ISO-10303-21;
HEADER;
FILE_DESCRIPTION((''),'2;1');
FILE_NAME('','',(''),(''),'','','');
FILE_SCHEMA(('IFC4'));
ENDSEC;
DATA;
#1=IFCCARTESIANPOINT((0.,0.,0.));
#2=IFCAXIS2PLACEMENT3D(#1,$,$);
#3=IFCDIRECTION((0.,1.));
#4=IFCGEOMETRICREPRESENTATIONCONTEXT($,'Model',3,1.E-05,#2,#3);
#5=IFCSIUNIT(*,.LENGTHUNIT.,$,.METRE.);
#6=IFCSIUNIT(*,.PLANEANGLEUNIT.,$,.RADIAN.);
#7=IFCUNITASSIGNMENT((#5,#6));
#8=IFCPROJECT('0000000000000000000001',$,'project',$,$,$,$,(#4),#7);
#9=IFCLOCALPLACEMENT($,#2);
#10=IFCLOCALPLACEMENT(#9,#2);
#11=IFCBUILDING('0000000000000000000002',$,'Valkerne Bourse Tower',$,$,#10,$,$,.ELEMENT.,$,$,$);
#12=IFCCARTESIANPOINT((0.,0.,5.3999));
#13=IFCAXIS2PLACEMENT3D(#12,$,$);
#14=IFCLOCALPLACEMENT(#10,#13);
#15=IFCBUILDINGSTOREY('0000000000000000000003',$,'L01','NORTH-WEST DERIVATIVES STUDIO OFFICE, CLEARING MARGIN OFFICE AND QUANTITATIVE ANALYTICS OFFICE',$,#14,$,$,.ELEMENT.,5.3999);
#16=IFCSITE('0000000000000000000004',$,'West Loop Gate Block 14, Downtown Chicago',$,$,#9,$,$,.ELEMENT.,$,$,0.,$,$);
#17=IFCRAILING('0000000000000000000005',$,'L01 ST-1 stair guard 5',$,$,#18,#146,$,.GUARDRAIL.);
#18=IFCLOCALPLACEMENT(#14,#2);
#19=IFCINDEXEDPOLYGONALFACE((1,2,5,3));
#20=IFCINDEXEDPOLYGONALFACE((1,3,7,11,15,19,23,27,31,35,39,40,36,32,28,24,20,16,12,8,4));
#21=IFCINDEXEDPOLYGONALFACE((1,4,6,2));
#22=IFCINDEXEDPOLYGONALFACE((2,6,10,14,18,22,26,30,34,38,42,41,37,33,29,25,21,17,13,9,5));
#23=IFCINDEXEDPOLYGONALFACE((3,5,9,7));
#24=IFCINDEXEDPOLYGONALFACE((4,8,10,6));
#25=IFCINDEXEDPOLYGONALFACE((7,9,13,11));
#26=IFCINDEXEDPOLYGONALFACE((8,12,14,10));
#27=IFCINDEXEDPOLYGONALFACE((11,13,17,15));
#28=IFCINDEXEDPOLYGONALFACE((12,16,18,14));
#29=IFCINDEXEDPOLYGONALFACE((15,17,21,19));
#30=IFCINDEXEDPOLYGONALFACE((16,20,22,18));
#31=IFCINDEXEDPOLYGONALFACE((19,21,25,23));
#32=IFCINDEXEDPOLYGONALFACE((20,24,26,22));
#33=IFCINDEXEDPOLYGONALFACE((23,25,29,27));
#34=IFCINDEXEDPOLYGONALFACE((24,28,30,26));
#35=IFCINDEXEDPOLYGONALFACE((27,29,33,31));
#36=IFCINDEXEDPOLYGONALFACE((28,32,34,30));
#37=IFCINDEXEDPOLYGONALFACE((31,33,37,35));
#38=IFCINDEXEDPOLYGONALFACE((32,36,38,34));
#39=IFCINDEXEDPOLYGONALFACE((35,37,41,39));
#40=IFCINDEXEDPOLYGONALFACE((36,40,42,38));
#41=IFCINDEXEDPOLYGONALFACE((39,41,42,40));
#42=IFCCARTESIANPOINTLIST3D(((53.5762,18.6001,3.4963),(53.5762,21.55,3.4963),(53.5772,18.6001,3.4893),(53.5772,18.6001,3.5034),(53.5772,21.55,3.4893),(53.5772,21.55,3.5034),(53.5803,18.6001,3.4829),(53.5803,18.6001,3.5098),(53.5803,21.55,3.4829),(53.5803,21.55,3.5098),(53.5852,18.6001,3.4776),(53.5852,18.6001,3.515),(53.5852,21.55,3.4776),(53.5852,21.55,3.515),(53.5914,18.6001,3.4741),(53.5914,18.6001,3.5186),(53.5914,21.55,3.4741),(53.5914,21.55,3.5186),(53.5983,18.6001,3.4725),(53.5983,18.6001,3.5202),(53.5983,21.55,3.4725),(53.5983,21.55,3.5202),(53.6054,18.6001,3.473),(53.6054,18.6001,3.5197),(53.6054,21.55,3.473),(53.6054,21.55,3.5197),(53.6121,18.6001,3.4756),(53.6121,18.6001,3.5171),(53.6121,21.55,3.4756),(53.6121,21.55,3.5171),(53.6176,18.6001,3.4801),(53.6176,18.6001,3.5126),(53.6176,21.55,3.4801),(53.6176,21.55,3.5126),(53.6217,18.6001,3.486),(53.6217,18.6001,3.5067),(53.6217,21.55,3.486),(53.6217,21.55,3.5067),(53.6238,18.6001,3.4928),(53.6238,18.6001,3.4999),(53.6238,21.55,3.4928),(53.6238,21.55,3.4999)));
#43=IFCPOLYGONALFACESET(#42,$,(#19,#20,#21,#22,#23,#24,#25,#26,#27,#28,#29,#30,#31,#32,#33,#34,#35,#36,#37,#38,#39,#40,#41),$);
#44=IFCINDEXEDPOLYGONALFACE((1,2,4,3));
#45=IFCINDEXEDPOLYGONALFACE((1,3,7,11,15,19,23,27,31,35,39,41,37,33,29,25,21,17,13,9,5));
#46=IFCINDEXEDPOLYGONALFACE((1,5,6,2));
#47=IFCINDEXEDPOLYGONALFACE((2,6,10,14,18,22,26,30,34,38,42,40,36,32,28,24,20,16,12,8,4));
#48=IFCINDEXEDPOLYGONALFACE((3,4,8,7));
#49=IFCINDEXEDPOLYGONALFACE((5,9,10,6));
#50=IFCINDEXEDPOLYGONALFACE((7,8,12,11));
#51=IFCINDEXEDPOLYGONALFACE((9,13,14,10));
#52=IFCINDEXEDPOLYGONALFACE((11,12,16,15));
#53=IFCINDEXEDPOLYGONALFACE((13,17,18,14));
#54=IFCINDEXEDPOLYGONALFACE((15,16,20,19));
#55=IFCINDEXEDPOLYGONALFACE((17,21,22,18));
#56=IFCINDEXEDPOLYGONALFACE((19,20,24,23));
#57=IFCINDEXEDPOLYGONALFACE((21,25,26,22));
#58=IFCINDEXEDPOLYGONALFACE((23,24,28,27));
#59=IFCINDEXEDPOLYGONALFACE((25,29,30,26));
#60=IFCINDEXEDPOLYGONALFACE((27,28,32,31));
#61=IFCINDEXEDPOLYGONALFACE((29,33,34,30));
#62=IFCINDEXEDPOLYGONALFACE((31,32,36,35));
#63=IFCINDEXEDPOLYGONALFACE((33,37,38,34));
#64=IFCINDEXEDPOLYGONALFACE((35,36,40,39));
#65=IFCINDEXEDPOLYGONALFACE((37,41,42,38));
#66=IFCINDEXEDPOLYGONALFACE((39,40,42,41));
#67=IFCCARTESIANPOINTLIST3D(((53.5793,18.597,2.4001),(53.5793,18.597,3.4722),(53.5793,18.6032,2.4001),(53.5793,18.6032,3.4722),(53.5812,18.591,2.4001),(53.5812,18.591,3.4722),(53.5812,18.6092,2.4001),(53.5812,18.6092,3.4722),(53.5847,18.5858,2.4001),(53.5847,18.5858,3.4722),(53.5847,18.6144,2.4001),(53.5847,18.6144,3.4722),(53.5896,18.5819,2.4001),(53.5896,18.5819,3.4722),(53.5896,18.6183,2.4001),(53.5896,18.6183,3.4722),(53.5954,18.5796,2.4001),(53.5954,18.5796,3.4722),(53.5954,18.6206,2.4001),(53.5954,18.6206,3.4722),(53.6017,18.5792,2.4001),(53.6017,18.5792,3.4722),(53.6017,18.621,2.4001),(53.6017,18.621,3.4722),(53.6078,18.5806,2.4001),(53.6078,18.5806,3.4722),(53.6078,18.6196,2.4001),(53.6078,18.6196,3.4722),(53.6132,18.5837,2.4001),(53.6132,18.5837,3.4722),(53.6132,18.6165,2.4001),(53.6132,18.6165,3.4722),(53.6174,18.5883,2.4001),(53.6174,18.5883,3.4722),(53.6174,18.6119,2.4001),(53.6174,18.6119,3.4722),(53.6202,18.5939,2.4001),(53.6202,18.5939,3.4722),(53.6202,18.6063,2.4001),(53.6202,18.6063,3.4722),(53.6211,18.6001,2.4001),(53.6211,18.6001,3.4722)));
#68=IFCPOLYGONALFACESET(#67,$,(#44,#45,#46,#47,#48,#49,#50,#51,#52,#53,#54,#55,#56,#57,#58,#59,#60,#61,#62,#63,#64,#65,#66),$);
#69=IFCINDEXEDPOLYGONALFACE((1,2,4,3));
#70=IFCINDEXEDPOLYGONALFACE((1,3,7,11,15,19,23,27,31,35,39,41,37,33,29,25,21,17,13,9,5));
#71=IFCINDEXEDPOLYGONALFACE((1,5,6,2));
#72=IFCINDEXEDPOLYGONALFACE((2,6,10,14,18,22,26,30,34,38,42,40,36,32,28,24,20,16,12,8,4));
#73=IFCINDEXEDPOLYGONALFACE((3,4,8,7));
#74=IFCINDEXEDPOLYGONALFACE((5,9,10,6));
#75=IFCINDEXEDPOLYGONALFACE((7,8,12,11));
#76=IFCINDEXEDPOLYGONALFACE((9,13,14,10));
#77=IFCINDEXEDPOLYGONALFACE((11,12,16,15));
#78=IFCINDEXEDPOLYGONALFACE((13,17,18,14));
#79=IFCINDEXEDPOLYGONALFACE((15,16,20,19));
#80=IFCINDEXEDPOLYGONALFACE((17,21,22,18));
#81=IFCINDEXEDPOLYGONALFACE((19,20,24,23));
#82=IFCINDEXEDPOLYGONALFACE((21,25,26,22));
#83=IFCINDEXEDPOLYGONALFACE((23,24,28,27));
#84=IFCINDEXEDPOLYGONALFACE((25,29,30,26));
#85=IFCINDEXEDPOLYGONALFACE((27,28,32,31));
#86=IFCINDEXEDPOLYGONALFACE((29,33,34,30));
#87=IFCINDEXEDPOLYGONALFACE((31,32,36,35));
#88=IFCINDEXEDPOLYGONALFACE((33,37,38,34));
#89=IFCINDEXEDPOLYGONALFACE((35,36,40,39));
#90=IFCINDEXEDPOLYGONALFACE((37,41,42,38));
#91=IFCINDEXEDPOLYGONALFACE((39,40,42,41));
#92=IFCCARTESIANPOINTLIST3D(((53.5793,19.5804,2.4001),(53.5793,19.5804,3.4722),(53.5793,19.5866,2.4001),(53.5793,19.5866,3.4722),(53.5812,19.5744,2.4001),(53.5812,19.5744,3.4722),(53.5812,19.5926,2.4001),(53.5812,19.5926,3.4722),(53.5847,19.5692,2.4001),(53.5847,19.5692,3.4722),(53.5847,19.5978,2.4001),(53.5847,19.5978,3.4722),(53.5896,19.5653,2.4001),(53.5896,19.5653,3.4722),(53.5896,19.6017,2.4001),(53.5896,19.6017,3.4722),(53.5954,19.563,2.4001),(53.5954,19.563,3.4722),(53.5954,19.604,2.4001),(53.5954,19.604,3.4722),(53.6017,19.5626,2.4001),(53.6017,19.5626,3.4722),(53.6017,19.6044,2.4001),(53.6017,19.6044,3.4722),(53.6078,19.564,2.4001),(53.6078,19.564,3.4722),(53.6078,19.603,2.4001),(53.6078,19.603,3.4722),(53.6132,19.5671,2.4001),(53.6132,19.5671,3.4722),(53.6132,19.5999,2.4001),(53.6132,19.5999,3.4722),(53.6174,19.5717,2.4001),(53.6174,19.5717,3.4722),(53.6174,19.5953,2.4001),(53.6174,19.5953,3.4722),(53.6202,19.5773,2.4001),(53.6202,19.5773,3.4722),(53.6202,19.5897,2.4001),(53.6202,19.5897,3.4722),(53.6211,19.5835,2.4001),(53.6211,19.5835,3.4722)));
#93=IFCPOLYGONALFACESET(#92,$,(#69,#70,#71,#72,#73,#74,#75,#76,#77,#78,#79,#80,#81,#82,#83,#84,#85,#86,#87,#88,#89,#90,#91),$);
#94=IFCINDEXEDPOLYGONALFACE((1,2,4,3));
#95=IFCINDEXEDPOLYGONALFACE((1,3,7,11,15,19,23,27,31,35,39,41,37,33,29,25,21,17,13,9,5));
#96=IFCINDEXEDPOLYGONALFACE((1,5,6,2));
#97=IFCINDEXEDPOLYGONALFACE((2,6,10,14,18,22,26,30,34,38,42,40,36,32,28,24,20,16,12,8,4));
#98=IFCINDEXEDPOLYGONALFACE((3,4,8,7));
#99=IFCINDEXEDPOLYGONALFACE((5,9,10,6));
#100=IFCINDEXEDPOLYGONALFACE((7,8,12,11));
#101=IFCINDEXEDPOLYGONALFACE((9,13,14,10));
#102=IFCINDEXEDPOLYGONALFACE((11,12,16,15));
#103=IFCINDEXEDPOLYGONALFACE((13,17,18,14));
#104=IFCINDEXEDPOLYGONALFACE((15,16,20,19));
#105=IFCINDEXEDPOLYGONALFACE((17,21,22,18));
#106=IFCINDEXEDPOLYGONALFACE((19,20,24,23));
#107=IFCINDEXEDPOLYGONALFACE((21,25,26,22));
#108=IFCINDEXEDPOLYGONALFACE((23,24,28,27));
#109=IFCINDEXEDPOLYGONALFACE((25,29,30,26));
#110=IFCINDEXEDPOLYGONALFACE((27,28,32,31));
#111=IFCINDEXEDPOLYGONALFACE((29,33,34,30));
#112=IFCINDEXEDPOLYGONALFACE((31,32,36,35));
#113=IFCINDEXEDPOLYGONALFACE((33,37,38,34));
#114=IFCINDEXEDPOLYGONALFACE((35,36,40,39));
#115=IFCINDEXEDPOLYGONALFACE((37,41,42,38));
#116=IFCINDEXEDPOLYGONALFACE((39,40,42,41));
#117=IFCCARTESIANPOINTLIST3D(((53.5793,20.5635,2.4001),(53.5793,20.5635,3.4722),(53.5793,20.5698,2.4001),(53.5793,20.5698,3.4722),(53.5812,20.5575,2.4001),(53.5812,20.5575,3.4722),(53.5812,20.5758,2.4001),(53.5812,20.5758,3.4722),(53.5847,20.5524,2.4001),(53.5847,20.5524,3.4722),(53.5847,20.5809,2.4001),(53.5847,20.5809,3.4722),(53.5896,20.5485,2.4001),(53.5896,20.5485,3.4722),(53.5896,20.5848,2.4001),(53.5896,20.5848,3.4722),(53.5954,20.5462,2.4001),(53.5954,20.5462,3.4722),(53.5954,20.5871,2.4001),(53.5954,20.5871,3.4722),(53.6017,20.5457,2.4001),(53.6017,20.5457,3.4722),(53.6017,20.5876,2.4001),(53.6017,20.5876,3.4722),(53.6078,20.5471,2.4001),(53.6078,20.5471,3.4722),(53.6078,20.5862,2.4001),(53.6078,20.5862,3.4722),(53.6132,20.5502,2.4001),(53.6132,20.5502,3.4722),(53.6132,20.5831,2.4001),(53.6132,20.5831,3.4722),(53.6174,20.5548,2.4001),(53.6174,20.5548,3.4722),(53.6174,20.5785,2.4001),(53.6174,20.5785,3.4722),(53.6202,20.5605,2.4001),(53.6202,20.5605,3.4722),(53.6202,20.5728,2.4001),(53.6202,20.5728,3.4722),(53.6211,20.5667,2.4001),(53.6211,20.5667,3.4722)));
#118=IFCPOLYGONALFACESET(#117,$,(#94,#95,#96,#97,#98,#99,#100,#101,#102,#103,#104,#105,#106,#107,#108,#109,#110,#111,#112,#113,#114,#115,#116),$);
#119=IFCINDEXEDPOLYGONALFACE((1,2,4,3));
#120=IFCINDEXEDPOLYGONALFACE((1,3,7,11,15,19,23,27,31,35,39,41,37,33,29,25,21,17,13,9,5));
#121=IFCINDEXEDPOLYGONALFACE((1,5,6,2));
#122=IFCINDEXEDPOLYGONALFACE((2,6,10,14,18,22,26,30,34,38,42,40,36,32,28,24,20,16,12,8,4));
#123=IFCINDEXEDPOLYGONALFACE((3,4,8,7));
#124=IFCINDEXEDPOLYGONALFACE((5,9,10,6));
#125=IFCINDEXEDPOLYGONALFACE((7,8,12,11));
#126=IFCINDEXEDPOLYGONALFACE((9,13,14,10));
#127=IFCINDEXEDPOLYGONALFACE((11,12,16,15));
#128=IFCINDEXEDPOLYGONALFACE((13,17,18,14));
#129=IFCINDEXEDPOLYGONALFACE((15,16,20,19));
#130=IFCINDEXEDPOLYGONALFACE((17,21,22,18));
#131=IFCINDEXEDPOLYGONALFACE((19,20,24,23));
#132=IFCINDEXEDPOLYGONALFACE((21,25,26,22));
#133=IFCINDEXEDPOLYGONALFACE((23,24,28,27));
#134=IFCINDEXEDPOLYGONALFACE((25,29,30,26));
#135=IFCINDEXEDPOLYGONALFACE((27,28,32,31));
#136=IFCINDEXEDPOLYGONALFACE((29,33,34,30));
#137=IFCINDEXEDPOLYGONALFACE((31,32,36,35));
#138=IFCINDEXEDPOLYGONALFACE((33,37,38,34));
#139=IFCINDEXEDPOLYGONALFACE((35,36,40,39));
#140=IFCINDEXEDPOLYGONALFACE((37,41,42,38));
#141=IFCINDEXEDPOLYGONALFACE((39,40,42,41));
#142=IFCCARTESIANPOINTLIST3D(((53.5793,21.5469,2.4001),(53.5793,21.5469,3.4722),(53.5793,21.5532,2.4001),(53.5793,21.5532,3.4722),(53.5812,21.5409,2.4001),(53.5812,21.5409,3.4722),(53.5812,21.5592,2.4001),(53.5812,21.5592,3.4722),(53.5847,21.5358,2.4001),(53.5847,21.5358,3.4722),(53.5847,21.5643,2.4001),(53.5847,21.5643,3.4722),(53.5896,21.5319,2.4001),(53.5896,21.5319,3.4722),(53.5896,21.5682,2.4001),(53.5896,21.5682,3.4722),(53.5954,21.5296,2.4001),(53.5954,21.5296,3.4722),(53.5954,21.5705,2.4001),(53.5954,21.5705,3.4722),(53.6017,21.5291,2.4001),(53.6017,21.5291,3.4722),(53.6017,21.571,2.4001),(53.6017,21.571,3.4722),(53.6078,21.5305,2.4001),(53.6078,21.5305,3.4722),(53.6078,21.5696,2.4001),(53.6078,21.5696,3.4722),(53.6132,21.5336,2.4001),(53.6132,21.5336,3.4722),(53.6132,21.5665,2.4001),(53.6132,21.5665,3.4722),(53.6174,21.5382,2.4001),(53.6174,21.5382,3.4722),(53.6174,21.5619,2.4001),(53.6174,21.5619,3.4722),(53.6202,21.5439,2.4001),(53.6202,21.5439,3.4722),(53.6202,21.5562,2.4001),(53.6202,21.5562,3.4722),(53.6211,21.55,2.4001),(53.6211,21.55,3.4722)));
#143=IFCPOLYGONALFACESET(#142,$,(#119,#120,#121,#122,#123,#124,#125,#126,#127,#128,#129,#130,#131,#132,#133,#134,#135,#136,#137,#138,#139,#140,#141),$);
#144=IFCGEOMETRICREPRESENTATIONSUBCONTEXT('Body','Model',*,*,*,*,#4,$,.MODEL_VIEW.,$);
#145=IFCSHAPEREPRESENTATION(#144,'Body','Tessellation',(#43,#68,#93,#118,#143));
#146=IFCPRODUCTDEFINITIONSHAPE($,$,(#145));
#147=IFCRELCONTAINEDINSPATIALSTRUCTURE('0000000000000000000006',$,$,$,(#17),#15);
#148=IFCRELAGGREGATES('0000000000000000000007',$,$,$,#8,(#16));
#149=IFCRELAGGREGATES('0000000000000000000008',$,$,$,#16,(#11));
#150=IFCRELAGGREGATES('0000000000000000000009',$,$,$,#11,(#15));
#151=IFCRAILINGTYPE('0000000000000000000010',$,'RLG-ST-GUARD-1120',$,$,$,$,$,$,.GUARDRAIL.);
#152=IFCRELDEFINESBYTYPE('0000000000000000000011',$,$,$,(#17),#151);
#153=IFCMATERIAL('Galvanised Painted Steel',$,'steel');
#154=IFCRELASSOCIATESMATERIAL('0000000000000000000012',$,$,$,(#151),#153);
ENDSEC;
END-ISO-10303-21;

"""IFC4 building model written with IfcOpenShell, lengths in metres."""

from ifc_helpers import new_model, si_unit, direction, frame, origin, origin_2d, place, context, subcontext, project, spatial, circle, extrude, material, type_object, element, save


model = new_model("IFC4")

# Units and contexts
model_context = context("Model", 3, precision=1e-05, world=origin(), true_north=direction((0.0, 1.0)))
body_context = subcontext(model_context, "Body", "Model", "MODEL_VIEW")
ifc_project = project(units=[si_unit("LENGTHUNIT", "METRE"), si_unit("PLANEANGLEUNIT", "RADIAN")], contexts=[model_context])

# Site, building, storey
site_placement = place(None, origin())
site = spatial("IfcSite", under=ifc_project, at=site_placement, Name="West Loop Gate Block 14, Downtown Chicago", CompositionType="ELEMENT", RefElevation=0.0)
building_placement = place(site_placement, origin())
building = spatial("IfcBuilding", under=site, at=building_placement, Name="Valkerne Bourse Tower", CompositionType="ELEMENT")
storey_placement = place(building_placement, frame((0.0, 0.0, 5.3999)))
storey = spatial("IfcBuildingStorey", under=building, at=storey_placement, Name="L01", Description="NORTH-WEST DERIVATIVES STUDIO OFFICE, CLEARING MARGIN OFFICE AND QUANTITATIVE ANALYTICS OFFICE", CompositionType="ELEMENT", Elevation=5.3999)

# Shared definitions
ifc_material_1 = material(Name="Galvanised Painted Steel", Category="steel")

# Railing
railing_type_1 = type_object("IfcRailingType", Name="RLG-ST-GUARD-1120", PredefinedType="GUARDRAIL", material=ifc_material_1)
railing_1_placement = place(storey_placement, frame((53.6001, 18.6001, 2.4001)))
element("IfcRailing", 1, at=railing_1_placement, inside=storey, type_object=railing_type_1, Name="L01 ST-1 stair guard 5", PredefinedType="GUARDRAIL", context=body_context, shape_type="SweptSolid", body=[
    extrude(circle(Radius=0.0239, at=origin_2d()), frame((0.0, 0.0, 1.0962), z_axis=(0.0, 1.0, 0.0), x_axis=(-1.0, 0.0, 0.0)), (0.0, 0.0, 1.0), 2.95),
    extrude(circle(Radius=0.021, at=origin_2d()), origin(), (0.0, 0.0, 1.0), 1.072),
    extrude(circle(Radius=0.021, at=origin_2d()), frame((0.0, 0.9834, 0.0)), (0.0, 0.0, 1.0), 1.072),
    extrude(circle(Radius=0.021, at=origin_2d()), frame((0.0, 1.9666, 0.0)), (0.0, 0.0, 1.0), 1.072),
    extrude(circle(Radius=0.021, at=origin_2d()), frame((0.0, 2.95, 0.0)), (0.0, 0.0, 1.0), 1.072),
])

save(model, "model.ifc")
